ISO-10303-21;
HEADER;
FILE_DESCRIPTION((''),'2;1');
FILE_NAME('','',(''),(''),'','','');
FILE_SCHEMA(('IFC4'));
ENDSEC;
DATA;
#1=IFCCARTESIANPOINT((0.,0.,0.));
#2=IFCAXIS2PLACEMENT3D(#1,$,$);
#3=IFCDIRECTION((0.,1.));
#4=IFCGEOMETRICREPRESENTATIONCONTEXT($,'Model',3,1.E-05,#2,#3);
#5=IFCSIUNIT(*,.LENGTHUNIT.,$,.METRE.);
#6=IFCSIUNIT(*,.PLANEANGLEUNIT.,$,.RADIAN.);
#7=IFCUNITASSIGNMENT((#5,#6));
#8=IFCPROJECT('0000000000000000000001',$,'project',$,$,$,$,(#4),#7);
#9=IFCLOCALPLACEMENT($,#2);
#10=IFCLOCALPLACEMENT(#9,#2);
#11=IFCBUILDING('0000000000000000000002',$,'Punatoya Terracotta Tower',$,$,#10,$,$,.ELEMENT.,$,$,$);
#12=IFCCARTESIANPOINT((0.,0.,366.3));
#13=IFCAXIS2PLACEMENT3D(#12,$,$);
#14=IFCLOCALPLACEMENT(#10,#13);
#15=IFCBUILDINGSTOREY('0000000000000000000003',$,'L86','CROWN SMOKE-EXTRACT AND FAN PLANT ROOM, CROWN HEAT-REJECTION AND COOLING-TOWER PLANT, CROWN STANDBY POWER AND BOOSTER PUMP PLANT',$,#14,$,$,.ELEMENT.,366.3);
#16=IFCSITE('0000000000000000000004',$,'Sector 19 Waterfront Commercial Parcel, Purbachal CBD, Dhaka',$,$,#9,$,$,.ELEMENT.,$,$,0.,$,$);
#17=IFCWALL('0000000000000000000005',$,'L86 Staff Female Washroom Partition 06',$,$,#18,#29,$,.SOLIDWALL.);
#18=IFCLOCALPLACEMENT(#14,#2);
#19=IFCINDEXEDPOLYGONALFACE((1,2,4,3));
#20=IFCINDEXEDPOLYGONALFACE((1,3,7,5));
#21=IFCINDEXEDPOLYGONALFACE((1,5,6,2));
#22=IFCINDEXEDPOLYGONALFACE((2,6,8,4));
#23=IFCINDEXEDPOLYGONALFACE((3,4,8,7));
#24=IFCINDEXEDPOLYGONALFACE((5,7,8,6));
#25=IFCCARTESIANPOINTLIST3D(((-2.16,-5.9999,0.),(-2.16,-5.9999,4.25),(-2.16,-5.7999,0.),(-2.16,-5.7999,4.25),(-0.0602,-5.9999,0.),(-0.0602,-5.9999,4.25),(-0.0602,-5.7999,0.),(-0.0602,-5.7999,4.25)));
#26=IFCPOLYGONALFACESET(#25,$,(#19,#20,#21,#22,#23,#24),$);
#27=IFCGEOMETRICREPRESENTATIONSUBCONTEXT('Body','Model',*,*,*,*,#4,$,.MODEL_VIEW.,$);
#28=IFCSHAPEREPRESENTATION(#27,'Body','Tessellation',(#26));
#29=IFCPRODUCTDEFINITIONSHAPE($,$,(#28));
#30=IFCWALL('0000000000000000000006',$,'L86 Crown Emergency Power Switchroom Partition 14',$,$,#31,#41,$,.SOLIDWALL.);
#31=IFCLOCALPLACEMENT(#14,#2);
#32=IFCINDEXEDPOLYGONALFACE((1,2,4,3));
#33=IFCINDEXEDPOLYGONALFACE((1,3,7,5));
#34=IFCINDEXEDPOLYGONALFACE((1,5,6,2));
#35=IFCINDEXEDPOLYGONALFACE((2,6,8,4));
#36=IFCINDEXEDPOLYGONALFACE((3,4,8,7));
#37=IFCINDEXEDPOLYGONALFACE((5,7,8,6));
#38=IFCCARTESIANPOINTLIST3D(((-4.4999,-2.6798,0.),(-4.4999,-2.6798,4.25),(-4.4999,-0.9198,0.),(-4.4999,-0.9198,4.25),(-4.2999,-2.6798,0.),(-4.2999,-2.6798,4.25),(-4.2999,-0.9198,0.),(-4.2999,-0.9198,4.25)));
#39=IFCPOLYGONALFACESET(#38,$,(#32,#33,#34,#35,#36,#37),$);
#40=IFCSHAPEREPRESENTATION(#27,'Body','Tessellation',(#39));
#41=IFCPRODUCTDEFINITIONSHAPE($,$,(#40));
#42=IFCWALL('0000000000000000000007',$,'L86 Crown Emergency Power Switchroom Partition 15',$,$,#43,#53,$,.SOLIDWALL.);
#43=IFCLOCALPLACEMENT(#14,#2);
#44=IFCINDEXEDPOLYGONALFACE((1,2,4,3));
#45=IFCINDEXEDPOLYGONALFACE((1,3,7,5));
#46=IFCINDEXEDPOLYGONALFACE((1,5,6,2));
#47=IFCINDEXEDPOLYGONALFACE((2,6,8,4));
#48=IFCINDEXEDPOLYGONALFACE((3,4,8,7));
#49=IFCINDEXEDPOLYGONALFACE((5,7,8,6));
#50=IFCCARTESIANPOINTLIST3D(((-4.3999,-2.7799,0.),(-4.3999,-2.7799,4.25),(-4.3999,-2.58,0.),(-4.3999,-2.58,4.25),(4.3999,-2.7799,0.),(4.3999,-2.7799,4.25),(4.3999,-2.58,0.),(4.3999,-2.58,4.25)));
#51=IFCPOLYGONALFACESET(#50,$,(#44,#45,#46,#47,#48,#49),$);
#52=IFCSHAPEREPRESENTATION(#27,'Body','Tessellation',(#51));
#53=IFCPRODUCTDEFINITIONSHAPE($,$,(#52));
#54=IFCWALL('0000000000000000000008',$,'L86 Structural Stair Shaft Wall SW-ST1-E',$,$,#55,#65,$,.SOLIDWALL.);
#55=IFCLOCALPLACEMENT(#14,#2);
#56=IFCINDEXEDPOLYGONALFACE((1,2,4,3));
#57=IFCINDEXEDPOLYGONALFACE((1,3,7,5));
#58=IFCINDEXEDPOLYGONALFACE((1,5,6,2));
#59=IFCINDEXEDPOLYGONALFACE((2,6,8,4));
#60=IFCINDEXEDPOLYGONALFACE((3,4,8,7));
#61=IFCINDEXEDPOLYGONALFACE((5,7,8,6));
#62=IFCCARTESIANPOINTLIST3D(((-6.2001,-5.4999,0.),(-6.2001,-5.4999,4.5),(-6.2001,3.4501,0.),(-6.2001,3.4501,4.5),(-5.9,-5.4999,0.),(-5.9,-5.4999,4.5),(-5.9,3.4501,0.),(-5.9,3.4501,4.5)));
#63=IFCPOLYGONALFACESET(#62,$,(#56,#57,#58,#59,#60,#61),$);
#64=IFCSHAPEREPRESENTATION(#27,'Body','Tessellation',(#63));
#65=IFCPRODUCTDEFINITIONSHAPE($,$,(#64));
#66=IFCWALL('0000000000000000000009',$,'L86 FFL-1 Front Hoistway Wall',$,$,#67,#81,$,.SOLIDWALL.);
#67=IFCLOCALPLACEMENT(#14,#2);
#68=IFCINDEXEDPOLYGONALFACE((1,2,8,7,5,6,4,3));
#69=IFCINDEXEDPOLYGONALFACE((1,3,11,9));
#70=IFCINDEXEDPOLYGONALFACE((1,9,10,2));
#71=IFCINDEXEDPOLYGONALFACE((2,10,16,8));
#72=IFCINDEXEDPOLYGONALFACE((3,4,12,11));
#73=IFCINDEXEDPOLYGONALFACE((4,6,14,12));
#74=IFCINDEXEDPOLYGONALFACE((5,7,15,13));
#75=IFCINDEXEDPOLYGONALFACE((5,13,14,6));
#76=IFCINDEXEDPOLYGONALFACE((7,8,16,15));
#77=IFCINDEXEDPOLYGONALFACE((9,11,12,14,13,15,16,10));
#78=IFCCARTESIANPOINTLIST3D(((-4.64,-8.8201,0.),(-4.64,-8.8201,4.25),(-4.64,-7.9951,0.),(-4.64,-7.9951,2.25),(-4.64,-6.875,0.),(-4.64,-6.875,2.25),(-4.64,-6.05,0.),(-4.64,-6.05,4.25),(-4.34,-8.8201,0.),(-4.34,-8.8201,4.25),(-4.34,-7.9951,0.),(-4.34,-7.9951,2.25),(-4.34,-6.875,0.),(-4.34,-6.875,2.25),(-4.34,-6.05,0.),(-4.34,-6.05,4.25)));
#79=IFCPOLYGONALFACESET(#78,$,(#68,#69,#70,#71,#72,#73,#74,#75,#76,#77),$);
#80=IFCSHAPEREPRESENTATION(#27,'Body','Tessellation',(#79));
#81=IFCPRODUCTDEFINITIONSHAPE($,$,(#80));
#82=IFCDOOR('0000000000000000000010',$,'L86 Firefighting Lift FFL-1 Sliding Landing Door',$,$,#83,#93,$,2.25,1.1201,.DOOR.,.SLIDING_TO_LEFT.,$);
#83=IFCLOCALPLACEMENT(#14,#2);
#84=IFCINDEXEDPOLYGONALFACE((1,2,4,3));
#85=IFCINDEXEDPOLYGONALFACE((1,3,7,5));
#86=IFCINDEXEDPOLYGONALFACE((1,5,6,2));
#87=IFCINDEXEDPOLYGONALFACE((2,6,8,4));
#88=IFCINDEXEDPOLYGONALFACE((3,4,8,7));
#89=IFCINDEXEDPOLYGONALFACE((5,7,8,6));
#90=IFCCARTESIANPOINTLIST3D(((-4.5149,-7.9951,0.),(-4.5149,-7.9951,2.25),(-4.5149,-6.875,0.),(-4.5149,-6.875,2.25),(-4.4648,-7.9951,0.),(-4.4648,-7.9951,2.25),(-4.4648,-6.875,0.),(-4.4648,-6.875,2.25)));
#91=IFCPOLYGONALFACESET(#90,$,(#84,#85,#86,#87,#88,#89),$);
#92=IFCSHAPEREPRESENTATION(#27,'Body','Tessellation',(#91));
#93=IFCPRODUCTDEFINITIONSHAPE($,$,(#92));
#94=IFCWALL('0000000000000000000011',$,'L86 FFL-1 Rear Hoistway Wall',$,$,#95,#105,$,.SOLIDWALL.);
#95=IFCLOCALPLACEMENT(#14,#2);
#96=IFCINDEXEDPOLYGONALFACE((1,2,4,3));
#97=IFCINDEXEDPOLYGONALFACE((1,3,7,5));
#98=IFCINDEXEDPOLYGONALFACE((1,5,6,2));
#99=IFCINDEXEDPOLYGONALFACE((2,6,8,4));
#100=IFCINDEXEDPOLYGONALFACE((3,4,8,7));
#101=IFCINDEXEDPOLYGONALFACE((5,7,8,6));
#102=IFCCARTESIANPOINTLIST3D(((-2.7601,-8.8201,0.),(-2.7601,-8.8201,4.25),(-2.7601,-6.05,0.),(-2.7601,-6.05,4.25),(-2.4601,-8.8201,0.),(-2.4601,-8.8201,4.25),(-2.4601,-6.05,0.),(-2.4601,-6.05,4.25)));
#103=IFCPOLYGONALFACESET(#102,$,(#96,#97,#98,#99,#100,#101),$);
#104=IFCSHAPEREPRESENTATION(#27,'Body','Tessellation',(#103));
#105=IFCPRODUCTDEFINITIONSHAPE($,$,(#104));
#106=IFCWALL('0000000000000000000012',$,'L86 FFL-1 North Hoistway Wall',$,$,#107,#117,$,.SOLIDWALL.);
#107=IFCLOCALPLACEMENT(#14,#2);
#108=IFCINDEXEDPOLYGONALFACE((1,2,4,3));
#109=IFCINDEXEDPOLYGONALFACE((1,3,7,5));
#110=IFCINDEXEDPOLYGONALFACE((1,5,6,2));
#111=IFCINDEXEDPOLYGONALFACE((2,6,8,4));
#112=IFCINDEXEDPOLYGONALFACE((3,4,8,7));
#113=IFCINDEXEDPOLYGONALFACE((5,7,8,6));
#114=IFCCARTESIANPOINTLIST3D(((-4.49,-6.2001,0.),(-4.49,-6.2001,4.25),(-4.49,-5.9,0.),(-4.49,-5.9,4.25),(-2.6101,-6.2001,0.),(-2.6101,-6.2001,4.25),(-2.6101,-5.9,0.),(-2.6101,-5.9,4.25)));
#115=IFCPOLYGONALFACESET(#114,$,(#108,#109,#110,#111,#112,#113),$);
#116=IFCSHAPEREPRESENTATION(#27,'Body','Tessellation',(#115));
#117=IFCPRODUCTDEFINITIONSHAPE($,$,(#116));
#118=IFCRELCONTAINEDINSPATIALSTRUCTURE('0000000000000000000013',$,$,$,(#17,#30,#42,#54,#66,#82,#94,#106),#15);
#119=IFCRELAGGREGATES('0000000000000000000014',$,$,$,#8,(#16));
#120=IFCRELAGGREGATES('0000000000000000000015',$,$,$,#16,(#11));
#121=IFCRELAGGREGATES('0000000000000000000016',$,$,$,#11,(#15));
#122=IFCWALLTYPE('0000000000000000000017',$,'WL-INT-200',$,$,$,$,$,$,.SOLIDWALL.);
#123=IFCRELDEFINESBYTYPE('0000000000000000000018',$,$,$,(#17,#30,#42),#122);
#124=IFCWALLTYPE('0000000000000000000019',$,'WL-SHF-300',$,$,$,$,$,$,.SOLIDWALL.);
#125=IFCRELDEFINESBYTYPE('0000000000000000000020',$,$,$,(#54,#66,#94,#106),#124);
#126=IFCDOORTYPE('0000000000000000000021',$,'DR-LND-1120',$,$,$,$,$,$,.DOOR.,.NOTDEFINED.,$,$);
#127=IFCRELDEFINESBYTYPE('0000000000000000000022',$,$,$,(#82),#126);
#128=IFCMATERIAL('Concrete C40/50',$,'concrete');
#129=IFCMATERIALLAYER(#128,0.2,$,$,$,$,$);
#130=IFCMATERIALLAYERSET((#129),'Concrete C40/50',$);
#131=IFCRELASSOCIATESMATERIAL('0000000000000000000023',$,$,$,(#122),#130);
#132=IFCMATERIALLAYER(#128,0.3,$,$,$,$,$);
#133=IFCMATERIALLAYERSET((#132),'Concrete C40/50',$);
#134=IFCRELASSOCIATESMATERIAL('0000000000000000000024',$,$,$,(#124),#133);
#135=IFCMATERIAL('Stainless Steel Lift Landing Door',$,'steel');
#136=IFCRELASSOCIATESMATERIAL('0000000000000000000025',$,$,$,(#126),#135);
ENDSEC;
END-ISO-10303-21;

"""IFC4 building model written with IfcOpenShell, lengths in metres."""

from ifc_helpers import new_model, si_unit, direction, frame, frame_2d, origin, place, context, subcontext, project, spatial, rectangle, extrude, material, layer, layer_set, type_object, element, fill, save


model = new_model("IFC4")

# Units and contexts
model_context = context("Model", 3, precision=1e-05, world=origin(), true_north=direction((0.0, 1.0)))
body_context = subcontext(model_context, "Body", "Model", "MODEL_VIEW")
ifc_project = project(units=[si_unit("LENGTHUNIT", "METRE"), si_unit("PLANEANGLEUNIT", "RADIAN")], contexts=[model_context])

# Site, building, storey
site_placement = place(None, origin())
site = spatial("IfcSite", under=ifc_project, at=site_placement, Name="Sector 19 Waterfront Commercial Parcel, Purbachal CBD, Dhaka", CompositionType="ELEMENT", RefElevation=0.0)
building_placement = place(site_placement, origin())
building = spatial("IfcBuilding", under=site, at=building_placement, Name="Punatoya Terracotta Tower", CompositionType="ELEMENT")
storey_placement = place(building_placement, frame((0.0, 0.0, 366.3)))
storey = spatial("IfcBuildingStorey", under=building, at=storey_placement, Name="L86", Description="CROWN SMOKE-EXTRACT AND FAN PLANT ROOM, CROWN HEAT-REJECTION AND COOLING-TOWER PLANT, CROWN STANDBY POWER AND BOOSTER PUMP PLANT", CompositionType="ELEMENT", Elevation=366.3)

# Shared definitions
ifc_material_1 = material(Name="Concrete C40/50", Category="concrete")
ifc_layer_1 = layer(ifc_material_1, 0.2)
ifc_layer_set_1 = layer_set([ifc_layer_1], Name="Concrete C40/50")
wall_type_1 = type_object("IfcWallType", Name="WL-INT-200", PredefinedType="SOLIDWALL", material=ifc_layer_set_1)

# Walls
wall_1_placement = place(storey_placement, frame((-2.1599, -5.8999, 0.0), z_axis=(0.0, 0.0, 1.0), x_axis=(1.0, 0.0, 0.0)))
element("IfcWall", 1, at=wall_1_placement, inside=storey, type_object=wall_type_1, Name="L86 Staff Female Washroom Partition 06", PredefinedType="SOLIDWALL", context=body_context, shape_type="SweptSolid", body=[
    extrude(rectangle(XDim=2.0999, YDim=0.2, at=frame_2d((1.0498, 0.0))), origin(), (0.0, 0.0, 1.0), 4.25),
])
wall_2_placement = place(storey_placement, frame((-4.3999, -0.9199, 0.0), z_axis=(0.0, 0.0, 1.0), x_axis=(0.0, -1.0, 0.0)))
element("IfcWall", 2, at=wall_2_placement, inside=storey, type_object=wall_type_1, Name="L86 Crown Emergency Power Switchroom Partition 14", PredefinedType="SOLIDWALL", context=body_context, shape_type="SweptSolid", body=[
    extrude(rectangle(XDim=1.76, YDim=0.2, at=frame_2d((0.8799, 0.0))), origin(), (0.0, 0.0, 1.0), 4.25),
])
wall_3_placement = place(storey_placement, frame((-4.3999, -2.6799, 0.0), z_axis=(0.0, 0.0, 1.0), x_axis=(1.0, 0.0, 0.0)))
element("IfcWall", 3, at=wall_3_placement, inside=storey, type_object=wall_type_1, Name="L86 Crown Emergency Power Switchroom Partition 15", PredefinedType="SOLIDWALL", context=body_context, shape_type="SweptSolid", body=[
    extrude(rectangle(XDim=8.7998, YDim=0.2, at=frame_2d((4.3999, 0.0))), origin(), (0.0, 0.0, 1.0), 4.25),
])
ifc_layer_2 = layer(ifc_material_1, 0.3)
ifc_layer_set_2 = layer_set([ifc_layer_2], Name="Concrete C40/50")
wall_type_2 = type_object("IfcWallType", Name="WL-SHF-300", PredefinedType="SOLIDWALL", material=ifc_layer_set_2)
wall_4_placement = place(storey_placement, frame((-6.05, -5.5, 0.0), z_axis=(0.0, 0.0, 1.0), x_axis=(0.0, 1.0, 0.0)))
element("IfcWall", 4, at=wall_4_placement, inside=storey, type_object=wall_type_2, Name="L86 Structural Stair Shaft Wall SW-ST1-E", PredefinedType="SOLIDWALL", context=body_context, shape_type="SweptSolid", body=[
    extrude(rectangle(XDim=8.95, YDim=0.3, at=frame_2d((4.4751, 0.0))), origin(), (0.0, 0.0, 1.0), 4.5),
])

# Wall, opening, door
wall_5_placement = place(storey_placement, frame((-4.49, -8.8201, 0.0), z_axis=(0.0, 0.0, 1.0), x_axis=(0.0, 1.0, 0.0)))
wall_5 = element("IfcWall", 5, at=wall_5_placement, inside=storey, type_object=wall_type_2, Name="L86 FFL-1 Front Hoistway Wall", PredefinedType="SOLIDWALL", context=body_context, shape_type="SweptSolid", body=[
    extrude(rectangle(XDim=2.77, YDim=0.3, at=frame_2d((1.385, 0.0))), origin(), (0.0, 0.0, 1.0), 4.25),
])
opening_1_placement = place(wall_5_placement, frame((0.825, 0.0, 0.0)))
opening_1 = element("IfcOpeningElement", 6, at=opening_1_placement, cuts=wall_5, PredefinedType="OPENING", context=body_context, shape_type="SweptSolid", body=[
    extrude(rectangle(XDim=1.1201, YDim=2.25, at=frame_2d((0.5601, 1.125))), frame((0.0, 0.1599, 0.0), z_axis=(0.0, -1.0, 0.0), x_axis=(1.0, 0.0, 0.0)), (0.0, 0.0, 1.0), 0.3201),
])
ifc_material_2 = material(Name="Stainless Steel Lift Landing Door", Category="steel")
door_type_1 = type_object("IfcDoorType", Name="DR-LND-1120", OperationType="NOTDEFINED", PredefinedType="DOOR", material=ifc_material_2)
door_1_placement = place(opening_1_placement, origin())
door_1 = element("IfcDoor", 7, at=door_1_placement, inside=storey, type_object=door_type_1, Name="L86 Firefighting Lift FFL-1 Sliding Landing Door", OperationType="SLIDING_TO_LEFT", OverallHeight=2.25, OverallWidth=1.1201, PredefinedType="DOOR", context=body_context, shape_type="SweptSolid", body=[
    extrude(rectangle(XDim=1.1201, YDim=2.25, at=frame_2d((0.5601, 1.125))), frame((0.0, 0.0249, 0.0), z_axis=(0.0, -1.0, 0.0), x_axis=(1.0, 0.0, 0.0)), (0.0, 0.0, 1.0), 0.05),
])
fill(opening_1, door_1)

# Walls
wall_6_placement = place(storey_placement, frame((-2.6101, -8.8201, 0.0), z_axis=(0.0, 0.0, 1.0), x_axis=(0.0, 1.0, 0.0)))
element("IfcWall", 8, at=wall_6_placement, inside=storey, type_object=wall_type_2, Name="L86 FFL-1 Rear Hoistway Wall", PredefinedType="SOLIDWALL", context=body_context, shape_type="SweptSolid", body=[
    extrude(rectangle(XDim=2.77, YDim=0.3, at=frame_2d((1.385, 0.0))), origin(), (0.0, 0.0, 1.0), 4.25),
])
wall_7_placement = place(storey_placement, frame((-4.49, -6.05, 0.0), z_axis=(0.0, 0.0, 1.0), x_axis=(1.0, 0.0, 0.0)))
element("IfcWall", 9, at=wall_7_placement, inside=storey, type_object=wall_type_2, Name="L86 FFL-1 North Hoistway Wall", PredefinedType="SOLIDWALL", context=body_context, shape_type="SweptSolid", body=[
    extrude(rectangle(XDim=1.8799, YDim=0.3, at=frame_2d((0.9399, 0.0))), origin(), (0.0, 0.0, 1.0), 4.25),
])

save(model, "model.ifc")
